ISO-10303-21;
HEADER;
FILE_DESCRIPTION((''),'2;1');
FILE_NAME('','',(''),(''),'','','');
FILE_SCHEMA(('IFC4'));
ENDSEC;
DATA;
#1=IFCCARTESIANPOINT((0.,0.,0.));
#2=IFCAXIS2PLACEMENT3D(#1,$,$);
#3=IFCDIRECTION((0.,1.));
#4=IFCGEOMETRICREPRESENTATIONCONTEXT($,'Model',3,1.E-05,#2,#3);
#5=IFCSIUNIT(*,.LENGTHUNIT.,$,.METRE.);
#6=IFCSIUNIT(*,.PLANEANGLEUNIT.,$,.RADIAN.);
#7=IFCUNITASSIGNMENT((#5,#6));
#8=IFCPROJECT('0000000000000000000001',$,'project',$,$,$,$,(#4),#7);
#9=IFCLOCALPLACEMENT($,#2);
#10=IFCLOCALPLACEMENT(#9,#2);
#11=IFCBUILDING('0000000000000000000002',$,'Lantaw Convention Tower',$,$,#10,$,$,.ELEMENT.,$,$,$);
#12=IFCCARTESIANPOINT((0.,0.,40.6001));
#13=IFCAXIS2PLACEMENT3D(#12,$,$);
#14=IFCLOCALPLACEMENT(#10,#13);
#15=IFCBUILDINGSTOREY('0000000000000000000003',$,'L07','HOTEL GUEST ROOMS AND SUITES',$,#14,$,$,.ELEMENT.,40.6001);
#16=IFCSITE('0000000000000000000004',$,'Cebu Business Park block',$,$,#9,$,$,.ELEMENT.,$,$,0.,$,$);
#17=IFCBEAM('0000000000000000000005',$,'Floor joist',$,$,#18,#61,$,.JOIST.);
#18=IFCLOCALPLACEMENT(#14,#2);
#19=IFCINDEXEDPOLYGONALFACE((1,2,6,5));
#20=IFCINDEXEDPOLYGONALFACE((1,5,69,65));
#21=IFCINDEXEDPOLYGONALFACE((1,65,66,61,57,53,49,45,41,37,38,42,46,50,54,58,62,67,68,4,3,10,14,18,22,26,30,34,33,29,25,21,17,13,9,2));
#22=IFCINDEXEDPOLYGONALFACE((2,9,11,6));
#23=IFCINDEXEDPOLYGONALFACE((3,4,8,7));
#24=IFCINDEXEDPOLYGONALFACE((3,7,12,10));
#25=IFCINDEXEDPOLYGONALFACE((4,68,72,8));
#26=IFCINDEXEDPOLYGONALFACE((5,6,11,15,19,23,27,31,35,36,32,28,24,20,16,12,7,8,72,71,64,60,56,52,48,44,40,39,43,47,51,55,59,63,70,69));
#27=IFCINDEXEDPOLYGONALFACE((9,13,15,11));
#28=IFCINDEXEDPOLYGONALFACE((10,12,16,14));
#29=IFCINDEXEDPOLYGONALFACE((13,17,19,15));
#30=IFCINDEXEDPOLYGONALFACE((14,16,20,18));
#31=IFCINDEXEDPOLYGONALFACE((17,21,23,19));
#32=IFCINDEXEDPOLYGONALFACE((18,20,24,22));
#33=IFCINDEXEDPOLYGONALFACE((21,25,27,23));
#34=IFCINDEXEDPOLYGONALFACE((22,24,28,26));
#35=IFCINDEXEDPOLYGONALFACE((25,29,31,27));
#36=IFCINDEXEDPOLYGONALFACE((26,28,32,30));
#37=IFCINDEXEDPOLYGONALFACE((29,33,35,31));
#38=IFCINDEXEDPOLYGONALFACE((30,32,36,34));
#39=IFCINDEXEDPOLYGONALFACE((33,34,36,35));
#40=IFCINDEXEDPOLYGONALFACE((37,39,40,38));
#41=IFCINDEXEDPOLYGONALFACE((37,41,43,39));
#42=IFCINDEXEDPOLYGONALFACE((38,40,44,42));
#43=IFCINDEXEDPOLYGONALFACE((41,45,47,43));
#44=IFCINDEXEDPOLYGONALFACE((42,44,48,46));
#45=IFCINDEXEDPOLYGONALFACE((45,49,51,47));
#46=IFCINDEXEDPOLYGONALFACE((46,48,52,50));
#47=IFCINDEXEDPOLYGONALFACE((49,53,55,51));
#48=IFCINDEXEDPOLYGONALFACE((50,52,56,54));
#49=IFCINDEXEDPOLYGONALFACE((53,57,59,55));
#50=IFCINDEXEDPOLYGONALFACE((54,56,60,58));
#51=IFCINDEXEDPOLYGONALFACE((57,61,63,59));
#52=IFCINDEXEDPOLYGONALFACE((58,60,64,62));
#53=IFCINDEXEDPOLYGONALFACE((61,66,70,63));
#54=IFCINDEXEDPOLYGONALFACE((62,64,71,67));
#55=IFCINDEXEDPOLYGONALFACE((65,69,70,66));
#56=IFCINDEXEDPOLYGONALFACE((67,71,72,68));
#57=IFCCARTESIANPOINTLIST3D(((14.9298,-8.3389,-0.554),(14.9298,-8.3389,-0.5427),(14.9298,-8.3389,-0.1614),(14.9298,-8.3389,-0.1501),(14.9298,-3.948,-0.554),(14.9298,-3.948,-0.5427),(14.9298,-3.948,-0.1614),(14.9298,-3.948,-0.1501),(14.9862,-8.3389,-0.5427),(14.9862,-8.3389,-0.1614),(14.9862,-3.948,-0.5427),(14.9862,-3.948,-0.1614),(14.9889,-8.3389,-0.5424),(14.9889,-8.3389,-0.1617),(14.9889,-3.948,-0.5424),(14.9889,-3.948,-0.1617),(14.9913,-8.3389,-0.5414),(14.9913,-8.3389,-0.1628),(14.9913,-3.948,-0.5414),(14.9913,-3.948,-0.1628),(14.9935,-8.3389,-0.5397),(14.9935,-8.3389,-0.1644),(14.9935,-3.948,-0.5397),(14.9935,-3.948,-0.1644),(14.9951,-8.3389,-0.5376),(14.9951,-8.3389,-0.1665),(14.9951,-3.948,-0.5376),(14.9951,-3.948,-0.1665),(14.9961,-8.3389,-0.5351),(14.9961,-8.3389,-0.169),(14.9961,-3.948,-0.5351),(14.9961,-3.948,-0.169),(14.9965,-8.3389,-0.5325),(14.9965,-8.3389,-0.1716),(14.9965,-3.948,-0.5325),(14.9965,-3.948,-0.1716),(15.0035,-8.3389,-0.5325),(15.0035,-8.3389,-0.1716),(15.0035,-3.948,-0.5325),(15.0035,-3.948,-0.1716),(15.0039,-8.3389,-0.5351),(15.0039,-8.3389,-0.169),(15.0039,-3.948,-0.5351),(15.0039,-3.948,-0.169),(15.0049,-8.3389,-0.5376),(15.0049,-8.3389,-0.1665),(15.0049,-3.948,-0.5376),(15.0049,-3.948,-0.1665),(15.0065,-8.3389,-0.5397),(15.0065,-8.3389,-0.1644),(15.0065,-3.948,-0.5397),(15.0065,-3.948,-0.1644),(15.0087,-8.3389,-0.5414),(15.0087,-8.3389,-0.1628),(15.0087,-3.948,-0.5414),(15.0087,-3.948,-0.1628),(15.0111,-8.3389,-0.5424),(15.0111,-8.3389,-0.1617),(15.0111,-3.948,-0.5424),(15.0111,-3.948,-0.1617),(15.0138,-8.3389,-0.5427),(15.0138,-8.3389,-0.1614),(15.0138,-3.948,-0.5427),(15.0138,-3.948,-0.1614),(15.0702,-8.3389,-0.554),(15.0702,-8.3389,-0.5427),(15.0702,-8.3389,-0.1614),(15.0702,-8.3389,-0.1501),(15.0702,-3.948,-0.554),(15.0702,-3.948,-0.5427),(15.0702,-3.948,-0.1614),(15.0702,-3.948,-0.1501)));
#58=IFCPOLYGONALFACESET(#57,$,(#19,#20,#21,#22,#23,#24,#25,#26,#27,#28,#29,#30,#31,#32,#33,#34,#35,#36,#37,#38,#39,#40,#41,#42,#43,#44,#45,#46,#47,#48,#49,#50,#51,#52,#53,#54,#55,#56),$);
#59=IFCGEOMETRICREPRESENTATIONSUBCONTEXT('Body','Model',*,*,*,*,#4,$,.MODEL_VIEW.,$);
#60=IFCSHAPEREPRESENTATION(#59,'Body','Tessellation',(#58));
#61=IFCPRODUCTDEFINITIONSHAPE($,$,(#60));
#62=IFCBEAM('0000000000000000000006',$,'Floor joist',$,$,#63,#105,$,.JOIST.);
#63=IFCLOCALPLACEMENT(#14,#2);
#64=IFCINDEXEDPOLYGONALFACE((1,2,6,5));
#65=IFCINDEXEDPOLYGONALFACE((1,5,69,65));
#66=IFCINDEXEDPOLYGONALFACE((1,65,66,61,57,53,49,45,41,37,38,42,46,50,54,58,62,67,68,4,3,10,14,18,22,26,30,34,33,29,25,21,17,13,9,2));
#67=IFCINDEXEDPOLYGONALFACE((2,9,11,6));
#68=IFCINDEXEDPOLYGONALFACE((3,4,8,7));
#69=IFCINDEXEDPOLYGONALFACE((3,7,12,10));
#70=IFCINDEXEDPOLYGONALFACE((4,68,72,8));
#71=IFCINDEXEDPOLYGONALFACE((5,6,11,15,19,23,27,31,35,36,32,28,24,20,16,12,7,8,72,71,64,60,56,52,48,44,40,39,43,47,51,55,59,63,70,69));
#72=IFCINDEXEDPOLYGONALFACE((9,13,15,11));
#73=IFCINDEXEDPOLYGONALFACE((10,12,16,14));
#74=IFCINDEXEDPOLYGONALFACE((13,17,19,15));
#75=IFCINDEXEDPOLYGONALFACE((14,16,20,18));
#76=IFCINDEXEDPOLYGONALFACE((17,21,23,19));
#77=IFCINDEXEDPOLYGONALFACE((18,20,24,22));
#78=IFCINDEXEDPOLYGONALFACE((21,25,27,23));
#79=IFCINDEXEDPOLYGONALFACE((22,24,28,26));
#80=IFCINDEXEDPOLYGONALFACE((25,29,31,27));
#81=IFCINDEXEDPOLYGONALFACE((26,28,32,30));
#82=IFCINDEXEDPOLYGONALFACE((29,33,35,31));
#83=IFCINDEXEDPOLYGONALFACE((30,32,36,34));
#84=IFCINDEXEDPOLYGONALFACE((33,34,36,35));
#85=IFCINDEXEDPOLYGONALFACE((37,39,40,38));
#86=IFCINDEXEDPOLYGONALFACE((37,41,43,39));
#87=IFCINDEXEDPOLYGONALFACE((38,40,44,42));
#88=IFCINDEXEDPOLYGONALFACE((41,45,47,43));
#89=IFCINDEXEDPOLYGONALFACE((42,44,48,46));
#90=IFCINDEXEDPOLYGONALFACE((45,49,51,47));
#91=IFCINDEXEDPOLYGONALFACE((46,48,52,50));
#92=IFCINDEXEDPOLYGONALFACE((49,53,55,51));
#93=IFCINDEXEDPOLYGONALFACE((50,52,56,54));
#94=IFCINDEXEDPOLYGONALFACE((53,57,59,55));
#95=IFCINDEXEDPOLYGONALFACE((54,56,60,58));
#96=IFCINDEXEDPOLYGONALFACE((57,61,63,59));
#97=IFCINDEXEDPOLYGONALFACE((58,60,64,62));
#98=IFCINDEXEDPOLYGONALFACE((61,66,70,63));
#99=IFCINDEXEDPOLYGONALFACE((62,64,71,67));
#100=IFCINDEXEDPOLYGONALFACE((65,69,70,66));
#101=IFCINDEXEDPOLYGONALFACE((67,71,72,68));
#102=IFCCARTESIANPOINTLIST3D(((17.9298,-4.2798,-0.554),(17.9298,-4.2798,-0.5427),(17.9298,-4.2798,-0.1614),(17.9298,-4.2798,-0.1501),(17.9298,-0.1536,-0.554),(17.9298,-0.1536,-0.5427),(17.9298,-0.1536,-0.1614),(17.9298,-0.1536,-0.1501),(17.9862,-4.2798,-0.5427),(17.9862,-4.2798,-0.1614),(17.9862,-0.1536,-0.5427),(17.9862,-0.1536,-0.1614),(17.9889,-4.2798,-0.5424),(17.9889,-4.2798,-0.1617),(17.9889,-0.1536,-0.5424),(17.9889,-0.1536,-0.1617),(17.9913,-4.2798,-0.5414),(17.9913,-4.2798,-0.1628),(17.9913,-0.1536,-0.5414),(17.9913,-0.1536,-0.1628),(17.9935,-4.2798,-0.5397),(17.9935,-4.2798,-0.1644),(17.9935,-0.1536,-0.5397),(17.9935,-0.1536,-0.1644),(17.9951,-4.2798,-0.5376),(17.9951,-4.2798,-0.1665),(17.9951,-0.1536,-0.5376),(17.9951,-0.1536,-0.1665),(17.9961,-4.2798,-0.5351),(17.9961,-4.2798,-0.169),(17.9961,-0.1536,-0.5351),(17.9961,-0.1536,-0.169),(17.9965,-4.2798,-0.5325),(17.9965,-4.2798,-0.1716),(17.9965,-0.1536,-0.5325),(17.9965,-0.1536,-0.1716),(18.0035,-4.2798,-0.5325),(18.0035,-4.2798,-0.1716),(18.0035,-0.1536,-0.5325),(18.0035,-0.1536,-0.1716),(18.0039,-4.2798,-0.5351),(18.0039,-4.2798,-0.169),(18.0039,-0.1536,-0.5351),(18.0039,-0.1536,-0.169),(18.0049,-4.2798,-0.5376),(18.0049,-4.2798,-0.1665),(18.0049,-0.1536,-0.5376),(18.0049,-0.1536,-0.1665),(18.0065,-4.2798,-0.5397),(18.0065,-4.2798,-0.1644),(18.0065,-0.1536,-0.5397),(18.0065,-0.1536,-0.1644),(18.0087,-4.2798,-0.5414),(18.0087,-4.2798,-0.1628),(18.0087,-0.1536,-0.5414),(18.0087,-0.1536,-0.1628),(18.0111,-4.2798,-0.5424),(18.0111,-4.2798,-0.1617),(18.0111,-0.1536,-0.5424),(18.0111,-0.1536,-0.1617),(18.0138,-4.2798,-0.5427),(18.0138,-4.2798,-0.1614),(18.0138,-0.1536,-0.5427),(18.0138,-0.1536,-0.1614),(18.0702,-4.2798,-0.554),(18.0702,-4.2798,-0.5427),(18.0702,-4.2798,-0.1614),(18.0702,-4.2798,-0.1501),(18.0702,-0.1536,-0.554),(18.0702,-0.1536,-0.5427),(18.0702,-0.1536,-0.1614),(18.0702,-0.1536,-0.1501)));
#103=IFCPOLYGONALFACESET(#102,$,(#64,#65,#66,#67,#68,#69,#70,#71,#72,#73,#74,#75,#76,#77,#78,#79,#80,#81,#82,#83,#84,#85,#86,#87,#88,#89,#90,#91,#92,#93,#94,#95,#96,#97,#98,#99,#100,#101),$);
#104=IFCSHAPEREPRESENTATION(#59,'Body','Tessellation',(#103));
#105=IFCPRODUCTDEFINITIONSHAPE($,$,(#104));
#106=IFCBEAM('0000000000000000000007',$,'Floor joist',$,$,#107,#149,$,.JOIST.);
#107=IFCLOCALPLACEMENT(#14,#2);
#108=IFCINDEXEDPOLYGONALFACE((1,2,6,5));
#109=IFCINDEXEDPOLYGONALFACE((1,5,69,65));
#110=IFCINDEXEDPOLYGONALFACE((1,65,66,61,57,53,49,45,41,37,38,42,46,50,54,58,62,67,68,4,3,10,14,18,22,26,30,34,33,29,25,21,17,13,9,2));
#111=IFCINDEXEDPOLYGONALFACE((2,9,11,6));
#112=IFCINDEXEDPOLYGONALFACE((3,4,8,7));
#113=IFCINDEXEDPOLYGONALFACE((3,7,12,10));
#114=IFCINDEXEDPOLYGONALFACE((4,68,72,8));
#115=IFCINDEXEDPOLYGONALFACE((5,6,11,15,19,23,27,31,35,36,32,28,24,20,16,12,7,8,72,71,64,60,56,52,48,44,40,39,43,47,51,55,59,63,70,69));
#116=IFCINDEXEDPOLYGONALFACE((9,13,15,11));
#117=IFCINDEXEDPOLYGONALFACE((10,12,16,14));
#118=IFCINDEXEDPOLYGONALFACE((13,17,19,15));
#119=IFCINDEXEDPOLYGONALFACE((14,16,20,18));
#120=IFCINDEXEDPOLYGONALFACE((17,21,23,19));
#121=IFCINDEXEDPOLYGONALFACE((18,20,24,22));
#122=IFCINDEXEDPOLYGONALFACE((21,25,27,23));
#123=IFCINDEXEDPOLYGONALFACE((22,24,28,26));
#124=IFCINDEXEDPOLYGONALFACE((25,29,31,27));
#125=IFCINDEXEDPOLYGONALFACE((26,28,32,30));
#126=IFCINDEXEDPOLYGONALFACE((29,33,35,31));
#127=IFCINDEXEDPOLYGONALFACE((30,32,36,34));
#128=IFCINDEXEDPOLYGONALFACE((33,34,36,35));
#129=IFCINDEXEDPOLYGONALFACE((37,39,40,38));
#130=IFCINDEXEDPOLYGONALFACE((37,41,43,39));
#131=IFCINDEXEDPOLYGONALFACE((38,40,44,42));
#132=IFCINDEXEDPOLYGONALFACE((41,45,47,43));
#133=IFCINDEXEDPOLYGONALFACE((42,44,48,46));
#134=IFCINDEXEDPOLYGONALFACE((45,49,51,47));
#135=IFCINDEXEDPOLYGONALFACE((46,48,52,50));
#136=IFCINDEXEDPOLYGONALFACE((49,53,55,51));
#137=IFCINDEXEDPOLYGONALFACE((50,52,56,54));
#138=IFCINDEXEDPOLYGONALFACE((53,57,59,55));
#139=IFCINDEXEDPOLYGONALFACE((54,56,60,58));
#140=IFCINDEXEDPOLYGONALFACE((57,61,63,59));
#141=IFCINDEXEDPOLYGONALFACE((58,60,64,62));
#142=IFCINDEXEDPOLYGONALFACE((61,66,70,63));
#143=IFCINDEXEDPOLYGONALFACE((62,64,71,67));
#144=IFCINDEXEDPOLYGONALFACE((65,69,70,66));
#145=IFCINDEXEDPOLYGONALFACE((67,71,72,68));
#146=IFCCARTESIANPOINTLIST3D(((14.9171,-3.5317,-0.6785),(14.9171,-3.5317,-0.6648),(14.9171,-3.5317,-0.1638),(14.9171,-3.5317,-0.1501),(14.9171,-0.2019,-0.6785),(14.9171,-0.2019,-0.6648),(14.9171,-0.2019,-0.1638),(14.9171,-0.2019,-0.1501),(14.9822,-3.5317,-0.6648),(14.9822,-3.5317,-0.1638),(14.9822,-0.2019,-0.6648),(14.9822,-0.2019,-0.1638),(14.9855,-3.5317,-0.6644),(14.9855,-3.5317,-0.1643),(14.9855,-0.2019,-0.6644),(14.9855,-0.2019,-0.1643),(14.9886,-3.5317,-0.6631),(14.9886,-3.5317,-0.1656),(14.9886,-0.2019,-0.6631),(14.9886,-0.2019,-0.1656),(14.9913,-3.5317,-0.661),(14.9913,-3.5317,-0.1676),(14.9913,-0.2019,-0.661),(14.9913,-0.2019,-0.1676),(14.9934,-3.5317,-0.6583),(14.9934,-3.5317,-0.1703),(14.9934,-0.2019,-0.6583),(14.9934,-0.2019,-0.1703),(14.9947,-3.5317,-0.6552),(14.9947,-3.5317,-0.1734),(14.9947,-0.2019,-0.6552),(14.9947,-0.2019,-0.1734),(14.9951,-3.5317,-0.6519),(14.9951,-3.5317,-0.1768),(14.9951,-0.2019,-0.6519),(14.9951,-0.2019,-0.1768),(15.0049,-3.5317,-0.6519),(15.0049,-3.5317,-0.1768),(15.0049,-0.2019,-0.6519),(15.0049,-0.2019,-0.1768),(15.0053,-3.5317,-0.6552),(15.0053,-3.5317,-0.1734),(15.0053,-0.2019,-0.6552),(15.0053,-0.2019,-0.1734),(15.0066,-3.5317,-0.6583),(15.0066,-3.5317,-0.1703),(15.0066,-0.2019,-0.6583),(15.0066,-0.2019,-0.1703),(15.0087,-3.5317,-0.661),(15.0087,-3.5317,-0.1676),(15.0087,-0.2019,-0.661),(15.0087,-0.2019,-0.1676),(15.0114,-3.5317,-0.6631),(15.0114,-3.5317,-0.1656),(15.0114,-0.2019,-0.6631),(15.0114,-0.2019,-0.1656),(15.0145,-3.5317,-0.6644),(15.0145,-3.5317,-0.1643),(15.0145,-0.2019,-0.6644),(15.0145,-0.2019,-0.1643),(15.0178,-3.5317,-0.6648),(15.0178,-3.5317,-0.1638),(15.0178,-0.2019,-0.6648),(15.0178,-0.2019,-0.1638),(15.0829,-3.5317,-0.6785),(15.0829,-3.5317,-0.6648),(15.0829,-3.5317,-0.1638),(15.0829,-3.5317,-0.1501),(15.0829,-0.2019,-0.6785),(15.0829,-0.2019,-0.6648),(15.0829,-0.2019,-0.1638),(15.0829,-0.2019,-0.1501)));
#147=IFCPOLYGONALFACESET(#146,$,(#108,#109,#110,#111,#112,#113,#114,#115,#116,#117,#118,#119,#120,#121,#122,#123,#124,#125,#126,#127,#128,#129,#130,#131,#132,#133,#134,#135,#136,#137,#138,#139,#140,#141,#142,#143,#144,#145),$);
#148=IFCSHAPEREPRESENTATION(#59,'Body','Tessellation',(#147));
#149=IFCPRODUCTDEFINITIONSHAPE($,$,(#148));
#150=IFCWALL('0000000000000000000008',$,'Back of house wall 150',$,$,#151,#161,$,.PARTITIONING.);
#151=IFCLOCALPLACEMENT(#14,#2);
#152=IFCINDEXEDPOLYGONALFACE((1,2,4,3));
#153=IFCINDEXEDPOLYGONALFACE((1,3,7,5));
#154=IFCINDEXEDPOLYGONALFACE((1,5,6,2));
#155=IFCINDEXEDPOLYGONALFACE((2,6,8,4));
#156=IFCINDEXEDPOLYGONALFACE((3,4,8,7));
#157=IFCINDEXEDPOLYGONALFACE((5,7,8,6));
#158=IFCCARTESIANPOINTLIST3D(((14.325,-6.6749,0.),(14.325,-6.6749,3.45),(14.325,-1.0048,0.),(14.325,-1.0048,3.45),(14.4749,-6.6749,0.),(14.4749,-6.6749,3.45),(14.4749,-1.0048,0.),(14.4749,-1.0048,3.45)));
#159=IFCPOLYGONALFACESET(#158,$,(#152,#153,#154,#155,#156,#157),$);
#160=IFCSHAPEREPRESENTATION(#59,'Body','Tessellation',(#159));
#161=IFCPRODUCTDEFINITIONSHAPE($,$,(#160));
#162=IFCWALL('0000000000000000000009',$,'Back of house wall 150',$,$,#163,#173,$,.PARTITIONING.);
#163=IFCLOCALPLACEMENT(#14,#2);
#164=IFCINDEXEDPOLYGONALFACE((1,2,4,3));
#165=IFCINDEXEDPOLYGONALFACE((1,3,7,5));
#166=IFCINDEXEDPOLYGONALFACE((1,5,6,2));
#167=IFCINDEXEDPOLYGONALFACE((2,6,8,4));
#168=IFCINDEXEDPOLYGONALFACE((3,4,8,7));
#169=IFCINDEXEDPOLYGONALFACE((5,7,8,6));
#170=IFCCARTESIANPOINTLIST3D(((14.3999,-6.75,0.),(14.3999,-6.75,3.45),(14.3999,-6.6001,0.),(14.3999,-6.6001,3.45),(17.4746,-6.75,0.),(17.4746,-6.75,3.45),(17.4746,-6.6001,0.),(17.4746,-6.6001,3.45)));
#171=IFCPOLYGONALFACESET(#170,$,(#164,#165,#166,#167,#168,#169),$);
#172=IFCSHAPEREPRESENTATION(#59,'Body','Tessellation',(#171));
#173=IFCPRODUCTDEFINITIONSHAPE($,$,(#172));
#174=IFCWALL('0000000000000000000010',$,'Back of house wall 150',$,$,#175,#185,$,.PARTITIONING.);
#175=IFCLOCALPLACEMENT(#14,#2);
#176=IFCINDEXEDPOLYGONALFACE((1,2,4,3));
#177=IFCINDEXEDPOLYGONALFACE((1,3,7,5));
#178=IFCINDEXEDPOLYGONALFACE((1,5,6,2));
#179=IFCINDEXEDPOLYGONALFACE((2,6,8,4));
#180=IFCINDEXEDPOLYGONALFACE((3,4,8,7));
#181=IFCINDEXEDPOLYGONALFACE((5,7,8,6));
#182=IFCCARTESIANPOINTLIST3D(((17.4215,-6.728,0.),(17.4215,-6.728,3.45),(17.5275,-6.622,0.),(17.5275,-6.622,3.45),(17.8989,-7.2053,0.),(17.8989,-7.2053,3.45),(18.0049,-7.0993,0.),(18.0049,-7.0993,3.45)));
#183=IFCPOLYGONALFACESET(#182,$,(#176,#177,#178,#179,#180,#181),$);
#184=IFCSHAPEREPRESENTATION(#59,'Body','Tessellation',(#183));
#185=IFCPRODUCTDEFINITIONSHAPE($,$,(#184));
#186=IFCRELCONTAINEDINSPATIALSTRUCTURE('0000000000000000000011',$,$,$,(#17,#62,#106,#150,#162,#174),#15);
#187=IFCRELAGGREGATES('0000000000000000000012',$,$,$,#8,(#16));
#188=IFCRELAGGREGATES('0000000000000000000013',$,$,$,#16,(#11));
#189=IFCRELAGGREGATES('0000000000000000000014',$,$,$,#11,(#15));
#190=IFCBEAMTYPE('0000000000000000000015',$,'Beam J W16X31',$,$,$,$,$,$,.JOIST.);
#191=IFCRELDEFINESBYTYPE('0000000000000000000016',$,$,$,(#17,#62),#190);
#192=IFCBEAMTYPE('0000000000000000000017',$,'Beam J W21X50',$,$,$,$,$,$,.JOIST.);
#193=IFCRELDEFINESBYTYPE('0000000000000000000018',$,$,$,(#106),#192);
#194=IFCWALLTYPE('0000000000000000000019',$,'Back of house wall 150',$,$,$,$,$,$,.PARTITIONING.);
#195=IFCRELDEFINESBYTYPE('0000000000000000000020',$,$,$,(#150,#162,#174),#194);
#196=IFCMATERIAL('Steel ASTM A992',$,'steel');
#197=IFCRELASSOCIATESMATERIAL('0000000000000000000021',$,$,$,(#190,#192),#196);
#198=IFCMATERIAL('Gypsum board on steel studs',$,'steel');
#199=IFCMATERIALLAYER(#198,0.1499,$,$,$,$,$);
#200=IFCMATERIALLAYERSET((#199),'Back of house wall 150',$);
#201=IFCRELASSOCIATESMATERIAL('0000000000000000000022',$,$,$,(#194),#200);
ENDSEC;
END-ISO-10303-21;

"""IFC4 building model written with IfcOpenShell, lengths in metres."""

from ifc_helpers import new_model, si_unit, direction, frame, frame_2d, origin, origin_2d, place, context, subcontext, project, spatial, rectangle, i_section, extrude, material, layer, layer_set, material_profile, profile_set, type_object, element, save


model = new_model("IFC4")

# Units and contexts
model_context = context("Model", 3, precision=1e-05, world=origin(), true_north=direction((0.0, 1.0)))
body_context = subcontext(model_context, "Body", "Model", "MODEL_VIEW")
ifc_project = project(units=[si_unit("LENGTHUNIT", "METRE"), si_unit("PLANEANGLEUNIT", "RADIAN")], contexts=[model_context])

# Site, building, storey
site_placement = place(None, origin())
site = spatial("IfcSite", under=ifc_project, at=site_placement, Name="Cebu Business Park block", CompositionType="ELEMENT", RefElevation=0.0)
building_placement = place(site_placement, origin())
building = spatial("IfcBuilding", under=site, at=building_placement, Name="Lantaw Convention Tower", CompositionType="ELEMENT")
storey_placement = place(building_placement, frame((0.0, 0.0, 40.6001)))
storey = spatial("IfcBuildingStorey", under=building, at=storey_placement, Name="L07", Description="HOTEL GUEST ROOMS AND SUITES", CompositionType="ELEMENT", Elevation=40.6001)

# Beams
ifc_material_1 = material(Name="Steel ASTM A992", Category="steel")
ifc_material_profile_1 = material_profile(ifc_material_1, i_section(OverallWidth=0.1404, OverallDepth=0.4038, WebThickness=0.0071, FlangeThickness=0.0112, FilletRadius=0.0103, at=origin_2d()), Name="W16X31")
ifc_profile_set_1 = profile_set([ifc_material_profile_1], Name="Steel ASTM A992")
beam_type_1 = type_object("IfcBeamType", Name="Beam J W16X31", PredefinedType="JOIST", material=ifc_profile_set_1)
beam_1_placement = place(storey_placement, frame((15.0, -8.3389, -0.3521), z_axis=(0.0, 1.0, 0.0), x_axis=(-1.0, 0.0, 0.0)))
element("IfcBeam", 1, at=beam_1_placement, inside=storey, type_object=beam_type_1, Name="Floor joist", PredefinedType="JOIST", context=body_context, shape_type="SweptSolid", body=[
    extrude(i_section(OverallWidth=0.1404, OverallDepth=0.4038, WebThickness=0.0071, FlangeThickness=0.0112, FilletRadius=0.0103, at=origin_2d()), origin(), (0.0, 0.0, 1.0), 4.3909),
])
beam_2_placement = place(storey_placement, frame((18.0, -4.2798, -0.3521), z_axis=(0.0, 1.0, 0.0), x_axis=(-1.0, 0.0, 0.0)))
element("IfcBeam", 2, at=beam_2_placement, inside=storey, type_object=beam_type_1, Name="Floor joist", PredefinedType="JOIST", context=body_context, shape_type="SweptSolid", body=[
    extrude(i_section(OverallWidth=0.1404, OverallDepth=0.4038, WebThickness=0.0071, FlangeThickness=0.0112, FilletRadius=0.0103, at=origin_2d()), origin(), (0.0, 0.0, 1.0), 4.1262),
])
ifc_material_profile_2 = material_profile(ifc_material_1, i_section(OverallWidth=0.1658, OverallDepth=0.5283, WebThickness=0.0098, FlangeThickness=0.0137, FilletRadius=0.0129, at=origin_2d()), Name="W21X50")
ifc_profile_set_2 = profile_set([ifc_material_profile_2], Name="Steel ASTM A992")
beam_type_2 = type_object("IfcBeamType", Name="Beam J W21X50", PredefinedType="JOIST", material=ifc_profile_set_2)
beam_3_placement = place(storey_placement, frame((15.0, -3.5317, -0.4143), z_axis=(0.0, 1.0, 0.0), x_axis=(-1.0, 0.0, 0.0)))
element("IfcBeam", 3, at=beam_3_placement, inside=storey, type_object=beam_type_2, Name="Floor joist", PredefinedType="JOIST", context=body_context, shape_type="SweptSolid", body=[
    extrude(i_section(OverallWidth=0.1658, OverallDepth=0.5283, WebThickness=0.0098, FlangeThickness=0.0137, FilletRadius=0.0129, at=origin_2d()), origin(), (0.0, 0.0, 1.0), 3.3298),
])

# Walls
ifc_material_2 = material(Name="Gypsum board on steel studs", Category="steel")
ifc_layer_1 = layer(ifc_material_2, 0.1499)
ifc_layer_set_1 = layer_set([ifc_layer_1], Name="Back of house wall 150")
wall_type_1 = type_object("IfcWallType", Name="Back of house wall 150", PredefinedType="PARTITIONING", material=ifc_layer_set_1)
wall_1_placement = place(storey_placement, frame((14.3999, -1.0049, 0.0), z_axis=(0.0, 0.0, 1.0), x_axis=(0.0, -1.0, 0.0)))
element("IfcWall", 4, at=wall_1_placement, inside=storey, type_object=wall_type_1, Name="Back of house wall 150", PredefinedType="PARTITIONING", context=body_context, shape_type="SweptSolid", body=[
    extrude(rectangle(XDim=5.6702, YDim=0.1499, at=frame_2d((2.835, 0.0))), origin(), (0.0, 0.0, 1.0), 3.45),
])
wall_2_placement = place(storey_placement, frame((14.3999, -6.675, 0.0), z_axis=(0.0, 0.0, 1.0), x_axis=(1.0, 0.0, 0.0)))
element("IfcWall", 5, at=wall_2_placement, inside=storey, type_object=wall_type_1, Name="Back of house wall 150", PredefinedType="PARTITIONING", context=body_context, shape_type="SweptSolid", body=[
    extrude(rectangle(XDim=3.0747, YDim=0.1499, at=frame_2d((1.5374, 0.0))), origin(), (0.0, 0.0, 1.0), 3.45),
])
wall_3_placement = place(storey_placement, frame((17.4746, -6.675, 0.0), z_axis=(0.0, 0.0, 1.0), x_axis=(0.707107, -0.707107, 0.0)))
element("IfcWall", 6, at=wall_3_placement, inside=storey, type_object=wall_type_1, Name="Back of house wall 150", PredefinedType="PARTITIONING", context=body_context, shape_type="SweptSolid", body=[
    extrude(rectangle(XDim=0.675, YDim=0.1499, at=frame_2d((0.3374, 0.0))), origin(), (0.0, 0.0, 1.0), 3.45),
])

save(model, "model.ifc")
